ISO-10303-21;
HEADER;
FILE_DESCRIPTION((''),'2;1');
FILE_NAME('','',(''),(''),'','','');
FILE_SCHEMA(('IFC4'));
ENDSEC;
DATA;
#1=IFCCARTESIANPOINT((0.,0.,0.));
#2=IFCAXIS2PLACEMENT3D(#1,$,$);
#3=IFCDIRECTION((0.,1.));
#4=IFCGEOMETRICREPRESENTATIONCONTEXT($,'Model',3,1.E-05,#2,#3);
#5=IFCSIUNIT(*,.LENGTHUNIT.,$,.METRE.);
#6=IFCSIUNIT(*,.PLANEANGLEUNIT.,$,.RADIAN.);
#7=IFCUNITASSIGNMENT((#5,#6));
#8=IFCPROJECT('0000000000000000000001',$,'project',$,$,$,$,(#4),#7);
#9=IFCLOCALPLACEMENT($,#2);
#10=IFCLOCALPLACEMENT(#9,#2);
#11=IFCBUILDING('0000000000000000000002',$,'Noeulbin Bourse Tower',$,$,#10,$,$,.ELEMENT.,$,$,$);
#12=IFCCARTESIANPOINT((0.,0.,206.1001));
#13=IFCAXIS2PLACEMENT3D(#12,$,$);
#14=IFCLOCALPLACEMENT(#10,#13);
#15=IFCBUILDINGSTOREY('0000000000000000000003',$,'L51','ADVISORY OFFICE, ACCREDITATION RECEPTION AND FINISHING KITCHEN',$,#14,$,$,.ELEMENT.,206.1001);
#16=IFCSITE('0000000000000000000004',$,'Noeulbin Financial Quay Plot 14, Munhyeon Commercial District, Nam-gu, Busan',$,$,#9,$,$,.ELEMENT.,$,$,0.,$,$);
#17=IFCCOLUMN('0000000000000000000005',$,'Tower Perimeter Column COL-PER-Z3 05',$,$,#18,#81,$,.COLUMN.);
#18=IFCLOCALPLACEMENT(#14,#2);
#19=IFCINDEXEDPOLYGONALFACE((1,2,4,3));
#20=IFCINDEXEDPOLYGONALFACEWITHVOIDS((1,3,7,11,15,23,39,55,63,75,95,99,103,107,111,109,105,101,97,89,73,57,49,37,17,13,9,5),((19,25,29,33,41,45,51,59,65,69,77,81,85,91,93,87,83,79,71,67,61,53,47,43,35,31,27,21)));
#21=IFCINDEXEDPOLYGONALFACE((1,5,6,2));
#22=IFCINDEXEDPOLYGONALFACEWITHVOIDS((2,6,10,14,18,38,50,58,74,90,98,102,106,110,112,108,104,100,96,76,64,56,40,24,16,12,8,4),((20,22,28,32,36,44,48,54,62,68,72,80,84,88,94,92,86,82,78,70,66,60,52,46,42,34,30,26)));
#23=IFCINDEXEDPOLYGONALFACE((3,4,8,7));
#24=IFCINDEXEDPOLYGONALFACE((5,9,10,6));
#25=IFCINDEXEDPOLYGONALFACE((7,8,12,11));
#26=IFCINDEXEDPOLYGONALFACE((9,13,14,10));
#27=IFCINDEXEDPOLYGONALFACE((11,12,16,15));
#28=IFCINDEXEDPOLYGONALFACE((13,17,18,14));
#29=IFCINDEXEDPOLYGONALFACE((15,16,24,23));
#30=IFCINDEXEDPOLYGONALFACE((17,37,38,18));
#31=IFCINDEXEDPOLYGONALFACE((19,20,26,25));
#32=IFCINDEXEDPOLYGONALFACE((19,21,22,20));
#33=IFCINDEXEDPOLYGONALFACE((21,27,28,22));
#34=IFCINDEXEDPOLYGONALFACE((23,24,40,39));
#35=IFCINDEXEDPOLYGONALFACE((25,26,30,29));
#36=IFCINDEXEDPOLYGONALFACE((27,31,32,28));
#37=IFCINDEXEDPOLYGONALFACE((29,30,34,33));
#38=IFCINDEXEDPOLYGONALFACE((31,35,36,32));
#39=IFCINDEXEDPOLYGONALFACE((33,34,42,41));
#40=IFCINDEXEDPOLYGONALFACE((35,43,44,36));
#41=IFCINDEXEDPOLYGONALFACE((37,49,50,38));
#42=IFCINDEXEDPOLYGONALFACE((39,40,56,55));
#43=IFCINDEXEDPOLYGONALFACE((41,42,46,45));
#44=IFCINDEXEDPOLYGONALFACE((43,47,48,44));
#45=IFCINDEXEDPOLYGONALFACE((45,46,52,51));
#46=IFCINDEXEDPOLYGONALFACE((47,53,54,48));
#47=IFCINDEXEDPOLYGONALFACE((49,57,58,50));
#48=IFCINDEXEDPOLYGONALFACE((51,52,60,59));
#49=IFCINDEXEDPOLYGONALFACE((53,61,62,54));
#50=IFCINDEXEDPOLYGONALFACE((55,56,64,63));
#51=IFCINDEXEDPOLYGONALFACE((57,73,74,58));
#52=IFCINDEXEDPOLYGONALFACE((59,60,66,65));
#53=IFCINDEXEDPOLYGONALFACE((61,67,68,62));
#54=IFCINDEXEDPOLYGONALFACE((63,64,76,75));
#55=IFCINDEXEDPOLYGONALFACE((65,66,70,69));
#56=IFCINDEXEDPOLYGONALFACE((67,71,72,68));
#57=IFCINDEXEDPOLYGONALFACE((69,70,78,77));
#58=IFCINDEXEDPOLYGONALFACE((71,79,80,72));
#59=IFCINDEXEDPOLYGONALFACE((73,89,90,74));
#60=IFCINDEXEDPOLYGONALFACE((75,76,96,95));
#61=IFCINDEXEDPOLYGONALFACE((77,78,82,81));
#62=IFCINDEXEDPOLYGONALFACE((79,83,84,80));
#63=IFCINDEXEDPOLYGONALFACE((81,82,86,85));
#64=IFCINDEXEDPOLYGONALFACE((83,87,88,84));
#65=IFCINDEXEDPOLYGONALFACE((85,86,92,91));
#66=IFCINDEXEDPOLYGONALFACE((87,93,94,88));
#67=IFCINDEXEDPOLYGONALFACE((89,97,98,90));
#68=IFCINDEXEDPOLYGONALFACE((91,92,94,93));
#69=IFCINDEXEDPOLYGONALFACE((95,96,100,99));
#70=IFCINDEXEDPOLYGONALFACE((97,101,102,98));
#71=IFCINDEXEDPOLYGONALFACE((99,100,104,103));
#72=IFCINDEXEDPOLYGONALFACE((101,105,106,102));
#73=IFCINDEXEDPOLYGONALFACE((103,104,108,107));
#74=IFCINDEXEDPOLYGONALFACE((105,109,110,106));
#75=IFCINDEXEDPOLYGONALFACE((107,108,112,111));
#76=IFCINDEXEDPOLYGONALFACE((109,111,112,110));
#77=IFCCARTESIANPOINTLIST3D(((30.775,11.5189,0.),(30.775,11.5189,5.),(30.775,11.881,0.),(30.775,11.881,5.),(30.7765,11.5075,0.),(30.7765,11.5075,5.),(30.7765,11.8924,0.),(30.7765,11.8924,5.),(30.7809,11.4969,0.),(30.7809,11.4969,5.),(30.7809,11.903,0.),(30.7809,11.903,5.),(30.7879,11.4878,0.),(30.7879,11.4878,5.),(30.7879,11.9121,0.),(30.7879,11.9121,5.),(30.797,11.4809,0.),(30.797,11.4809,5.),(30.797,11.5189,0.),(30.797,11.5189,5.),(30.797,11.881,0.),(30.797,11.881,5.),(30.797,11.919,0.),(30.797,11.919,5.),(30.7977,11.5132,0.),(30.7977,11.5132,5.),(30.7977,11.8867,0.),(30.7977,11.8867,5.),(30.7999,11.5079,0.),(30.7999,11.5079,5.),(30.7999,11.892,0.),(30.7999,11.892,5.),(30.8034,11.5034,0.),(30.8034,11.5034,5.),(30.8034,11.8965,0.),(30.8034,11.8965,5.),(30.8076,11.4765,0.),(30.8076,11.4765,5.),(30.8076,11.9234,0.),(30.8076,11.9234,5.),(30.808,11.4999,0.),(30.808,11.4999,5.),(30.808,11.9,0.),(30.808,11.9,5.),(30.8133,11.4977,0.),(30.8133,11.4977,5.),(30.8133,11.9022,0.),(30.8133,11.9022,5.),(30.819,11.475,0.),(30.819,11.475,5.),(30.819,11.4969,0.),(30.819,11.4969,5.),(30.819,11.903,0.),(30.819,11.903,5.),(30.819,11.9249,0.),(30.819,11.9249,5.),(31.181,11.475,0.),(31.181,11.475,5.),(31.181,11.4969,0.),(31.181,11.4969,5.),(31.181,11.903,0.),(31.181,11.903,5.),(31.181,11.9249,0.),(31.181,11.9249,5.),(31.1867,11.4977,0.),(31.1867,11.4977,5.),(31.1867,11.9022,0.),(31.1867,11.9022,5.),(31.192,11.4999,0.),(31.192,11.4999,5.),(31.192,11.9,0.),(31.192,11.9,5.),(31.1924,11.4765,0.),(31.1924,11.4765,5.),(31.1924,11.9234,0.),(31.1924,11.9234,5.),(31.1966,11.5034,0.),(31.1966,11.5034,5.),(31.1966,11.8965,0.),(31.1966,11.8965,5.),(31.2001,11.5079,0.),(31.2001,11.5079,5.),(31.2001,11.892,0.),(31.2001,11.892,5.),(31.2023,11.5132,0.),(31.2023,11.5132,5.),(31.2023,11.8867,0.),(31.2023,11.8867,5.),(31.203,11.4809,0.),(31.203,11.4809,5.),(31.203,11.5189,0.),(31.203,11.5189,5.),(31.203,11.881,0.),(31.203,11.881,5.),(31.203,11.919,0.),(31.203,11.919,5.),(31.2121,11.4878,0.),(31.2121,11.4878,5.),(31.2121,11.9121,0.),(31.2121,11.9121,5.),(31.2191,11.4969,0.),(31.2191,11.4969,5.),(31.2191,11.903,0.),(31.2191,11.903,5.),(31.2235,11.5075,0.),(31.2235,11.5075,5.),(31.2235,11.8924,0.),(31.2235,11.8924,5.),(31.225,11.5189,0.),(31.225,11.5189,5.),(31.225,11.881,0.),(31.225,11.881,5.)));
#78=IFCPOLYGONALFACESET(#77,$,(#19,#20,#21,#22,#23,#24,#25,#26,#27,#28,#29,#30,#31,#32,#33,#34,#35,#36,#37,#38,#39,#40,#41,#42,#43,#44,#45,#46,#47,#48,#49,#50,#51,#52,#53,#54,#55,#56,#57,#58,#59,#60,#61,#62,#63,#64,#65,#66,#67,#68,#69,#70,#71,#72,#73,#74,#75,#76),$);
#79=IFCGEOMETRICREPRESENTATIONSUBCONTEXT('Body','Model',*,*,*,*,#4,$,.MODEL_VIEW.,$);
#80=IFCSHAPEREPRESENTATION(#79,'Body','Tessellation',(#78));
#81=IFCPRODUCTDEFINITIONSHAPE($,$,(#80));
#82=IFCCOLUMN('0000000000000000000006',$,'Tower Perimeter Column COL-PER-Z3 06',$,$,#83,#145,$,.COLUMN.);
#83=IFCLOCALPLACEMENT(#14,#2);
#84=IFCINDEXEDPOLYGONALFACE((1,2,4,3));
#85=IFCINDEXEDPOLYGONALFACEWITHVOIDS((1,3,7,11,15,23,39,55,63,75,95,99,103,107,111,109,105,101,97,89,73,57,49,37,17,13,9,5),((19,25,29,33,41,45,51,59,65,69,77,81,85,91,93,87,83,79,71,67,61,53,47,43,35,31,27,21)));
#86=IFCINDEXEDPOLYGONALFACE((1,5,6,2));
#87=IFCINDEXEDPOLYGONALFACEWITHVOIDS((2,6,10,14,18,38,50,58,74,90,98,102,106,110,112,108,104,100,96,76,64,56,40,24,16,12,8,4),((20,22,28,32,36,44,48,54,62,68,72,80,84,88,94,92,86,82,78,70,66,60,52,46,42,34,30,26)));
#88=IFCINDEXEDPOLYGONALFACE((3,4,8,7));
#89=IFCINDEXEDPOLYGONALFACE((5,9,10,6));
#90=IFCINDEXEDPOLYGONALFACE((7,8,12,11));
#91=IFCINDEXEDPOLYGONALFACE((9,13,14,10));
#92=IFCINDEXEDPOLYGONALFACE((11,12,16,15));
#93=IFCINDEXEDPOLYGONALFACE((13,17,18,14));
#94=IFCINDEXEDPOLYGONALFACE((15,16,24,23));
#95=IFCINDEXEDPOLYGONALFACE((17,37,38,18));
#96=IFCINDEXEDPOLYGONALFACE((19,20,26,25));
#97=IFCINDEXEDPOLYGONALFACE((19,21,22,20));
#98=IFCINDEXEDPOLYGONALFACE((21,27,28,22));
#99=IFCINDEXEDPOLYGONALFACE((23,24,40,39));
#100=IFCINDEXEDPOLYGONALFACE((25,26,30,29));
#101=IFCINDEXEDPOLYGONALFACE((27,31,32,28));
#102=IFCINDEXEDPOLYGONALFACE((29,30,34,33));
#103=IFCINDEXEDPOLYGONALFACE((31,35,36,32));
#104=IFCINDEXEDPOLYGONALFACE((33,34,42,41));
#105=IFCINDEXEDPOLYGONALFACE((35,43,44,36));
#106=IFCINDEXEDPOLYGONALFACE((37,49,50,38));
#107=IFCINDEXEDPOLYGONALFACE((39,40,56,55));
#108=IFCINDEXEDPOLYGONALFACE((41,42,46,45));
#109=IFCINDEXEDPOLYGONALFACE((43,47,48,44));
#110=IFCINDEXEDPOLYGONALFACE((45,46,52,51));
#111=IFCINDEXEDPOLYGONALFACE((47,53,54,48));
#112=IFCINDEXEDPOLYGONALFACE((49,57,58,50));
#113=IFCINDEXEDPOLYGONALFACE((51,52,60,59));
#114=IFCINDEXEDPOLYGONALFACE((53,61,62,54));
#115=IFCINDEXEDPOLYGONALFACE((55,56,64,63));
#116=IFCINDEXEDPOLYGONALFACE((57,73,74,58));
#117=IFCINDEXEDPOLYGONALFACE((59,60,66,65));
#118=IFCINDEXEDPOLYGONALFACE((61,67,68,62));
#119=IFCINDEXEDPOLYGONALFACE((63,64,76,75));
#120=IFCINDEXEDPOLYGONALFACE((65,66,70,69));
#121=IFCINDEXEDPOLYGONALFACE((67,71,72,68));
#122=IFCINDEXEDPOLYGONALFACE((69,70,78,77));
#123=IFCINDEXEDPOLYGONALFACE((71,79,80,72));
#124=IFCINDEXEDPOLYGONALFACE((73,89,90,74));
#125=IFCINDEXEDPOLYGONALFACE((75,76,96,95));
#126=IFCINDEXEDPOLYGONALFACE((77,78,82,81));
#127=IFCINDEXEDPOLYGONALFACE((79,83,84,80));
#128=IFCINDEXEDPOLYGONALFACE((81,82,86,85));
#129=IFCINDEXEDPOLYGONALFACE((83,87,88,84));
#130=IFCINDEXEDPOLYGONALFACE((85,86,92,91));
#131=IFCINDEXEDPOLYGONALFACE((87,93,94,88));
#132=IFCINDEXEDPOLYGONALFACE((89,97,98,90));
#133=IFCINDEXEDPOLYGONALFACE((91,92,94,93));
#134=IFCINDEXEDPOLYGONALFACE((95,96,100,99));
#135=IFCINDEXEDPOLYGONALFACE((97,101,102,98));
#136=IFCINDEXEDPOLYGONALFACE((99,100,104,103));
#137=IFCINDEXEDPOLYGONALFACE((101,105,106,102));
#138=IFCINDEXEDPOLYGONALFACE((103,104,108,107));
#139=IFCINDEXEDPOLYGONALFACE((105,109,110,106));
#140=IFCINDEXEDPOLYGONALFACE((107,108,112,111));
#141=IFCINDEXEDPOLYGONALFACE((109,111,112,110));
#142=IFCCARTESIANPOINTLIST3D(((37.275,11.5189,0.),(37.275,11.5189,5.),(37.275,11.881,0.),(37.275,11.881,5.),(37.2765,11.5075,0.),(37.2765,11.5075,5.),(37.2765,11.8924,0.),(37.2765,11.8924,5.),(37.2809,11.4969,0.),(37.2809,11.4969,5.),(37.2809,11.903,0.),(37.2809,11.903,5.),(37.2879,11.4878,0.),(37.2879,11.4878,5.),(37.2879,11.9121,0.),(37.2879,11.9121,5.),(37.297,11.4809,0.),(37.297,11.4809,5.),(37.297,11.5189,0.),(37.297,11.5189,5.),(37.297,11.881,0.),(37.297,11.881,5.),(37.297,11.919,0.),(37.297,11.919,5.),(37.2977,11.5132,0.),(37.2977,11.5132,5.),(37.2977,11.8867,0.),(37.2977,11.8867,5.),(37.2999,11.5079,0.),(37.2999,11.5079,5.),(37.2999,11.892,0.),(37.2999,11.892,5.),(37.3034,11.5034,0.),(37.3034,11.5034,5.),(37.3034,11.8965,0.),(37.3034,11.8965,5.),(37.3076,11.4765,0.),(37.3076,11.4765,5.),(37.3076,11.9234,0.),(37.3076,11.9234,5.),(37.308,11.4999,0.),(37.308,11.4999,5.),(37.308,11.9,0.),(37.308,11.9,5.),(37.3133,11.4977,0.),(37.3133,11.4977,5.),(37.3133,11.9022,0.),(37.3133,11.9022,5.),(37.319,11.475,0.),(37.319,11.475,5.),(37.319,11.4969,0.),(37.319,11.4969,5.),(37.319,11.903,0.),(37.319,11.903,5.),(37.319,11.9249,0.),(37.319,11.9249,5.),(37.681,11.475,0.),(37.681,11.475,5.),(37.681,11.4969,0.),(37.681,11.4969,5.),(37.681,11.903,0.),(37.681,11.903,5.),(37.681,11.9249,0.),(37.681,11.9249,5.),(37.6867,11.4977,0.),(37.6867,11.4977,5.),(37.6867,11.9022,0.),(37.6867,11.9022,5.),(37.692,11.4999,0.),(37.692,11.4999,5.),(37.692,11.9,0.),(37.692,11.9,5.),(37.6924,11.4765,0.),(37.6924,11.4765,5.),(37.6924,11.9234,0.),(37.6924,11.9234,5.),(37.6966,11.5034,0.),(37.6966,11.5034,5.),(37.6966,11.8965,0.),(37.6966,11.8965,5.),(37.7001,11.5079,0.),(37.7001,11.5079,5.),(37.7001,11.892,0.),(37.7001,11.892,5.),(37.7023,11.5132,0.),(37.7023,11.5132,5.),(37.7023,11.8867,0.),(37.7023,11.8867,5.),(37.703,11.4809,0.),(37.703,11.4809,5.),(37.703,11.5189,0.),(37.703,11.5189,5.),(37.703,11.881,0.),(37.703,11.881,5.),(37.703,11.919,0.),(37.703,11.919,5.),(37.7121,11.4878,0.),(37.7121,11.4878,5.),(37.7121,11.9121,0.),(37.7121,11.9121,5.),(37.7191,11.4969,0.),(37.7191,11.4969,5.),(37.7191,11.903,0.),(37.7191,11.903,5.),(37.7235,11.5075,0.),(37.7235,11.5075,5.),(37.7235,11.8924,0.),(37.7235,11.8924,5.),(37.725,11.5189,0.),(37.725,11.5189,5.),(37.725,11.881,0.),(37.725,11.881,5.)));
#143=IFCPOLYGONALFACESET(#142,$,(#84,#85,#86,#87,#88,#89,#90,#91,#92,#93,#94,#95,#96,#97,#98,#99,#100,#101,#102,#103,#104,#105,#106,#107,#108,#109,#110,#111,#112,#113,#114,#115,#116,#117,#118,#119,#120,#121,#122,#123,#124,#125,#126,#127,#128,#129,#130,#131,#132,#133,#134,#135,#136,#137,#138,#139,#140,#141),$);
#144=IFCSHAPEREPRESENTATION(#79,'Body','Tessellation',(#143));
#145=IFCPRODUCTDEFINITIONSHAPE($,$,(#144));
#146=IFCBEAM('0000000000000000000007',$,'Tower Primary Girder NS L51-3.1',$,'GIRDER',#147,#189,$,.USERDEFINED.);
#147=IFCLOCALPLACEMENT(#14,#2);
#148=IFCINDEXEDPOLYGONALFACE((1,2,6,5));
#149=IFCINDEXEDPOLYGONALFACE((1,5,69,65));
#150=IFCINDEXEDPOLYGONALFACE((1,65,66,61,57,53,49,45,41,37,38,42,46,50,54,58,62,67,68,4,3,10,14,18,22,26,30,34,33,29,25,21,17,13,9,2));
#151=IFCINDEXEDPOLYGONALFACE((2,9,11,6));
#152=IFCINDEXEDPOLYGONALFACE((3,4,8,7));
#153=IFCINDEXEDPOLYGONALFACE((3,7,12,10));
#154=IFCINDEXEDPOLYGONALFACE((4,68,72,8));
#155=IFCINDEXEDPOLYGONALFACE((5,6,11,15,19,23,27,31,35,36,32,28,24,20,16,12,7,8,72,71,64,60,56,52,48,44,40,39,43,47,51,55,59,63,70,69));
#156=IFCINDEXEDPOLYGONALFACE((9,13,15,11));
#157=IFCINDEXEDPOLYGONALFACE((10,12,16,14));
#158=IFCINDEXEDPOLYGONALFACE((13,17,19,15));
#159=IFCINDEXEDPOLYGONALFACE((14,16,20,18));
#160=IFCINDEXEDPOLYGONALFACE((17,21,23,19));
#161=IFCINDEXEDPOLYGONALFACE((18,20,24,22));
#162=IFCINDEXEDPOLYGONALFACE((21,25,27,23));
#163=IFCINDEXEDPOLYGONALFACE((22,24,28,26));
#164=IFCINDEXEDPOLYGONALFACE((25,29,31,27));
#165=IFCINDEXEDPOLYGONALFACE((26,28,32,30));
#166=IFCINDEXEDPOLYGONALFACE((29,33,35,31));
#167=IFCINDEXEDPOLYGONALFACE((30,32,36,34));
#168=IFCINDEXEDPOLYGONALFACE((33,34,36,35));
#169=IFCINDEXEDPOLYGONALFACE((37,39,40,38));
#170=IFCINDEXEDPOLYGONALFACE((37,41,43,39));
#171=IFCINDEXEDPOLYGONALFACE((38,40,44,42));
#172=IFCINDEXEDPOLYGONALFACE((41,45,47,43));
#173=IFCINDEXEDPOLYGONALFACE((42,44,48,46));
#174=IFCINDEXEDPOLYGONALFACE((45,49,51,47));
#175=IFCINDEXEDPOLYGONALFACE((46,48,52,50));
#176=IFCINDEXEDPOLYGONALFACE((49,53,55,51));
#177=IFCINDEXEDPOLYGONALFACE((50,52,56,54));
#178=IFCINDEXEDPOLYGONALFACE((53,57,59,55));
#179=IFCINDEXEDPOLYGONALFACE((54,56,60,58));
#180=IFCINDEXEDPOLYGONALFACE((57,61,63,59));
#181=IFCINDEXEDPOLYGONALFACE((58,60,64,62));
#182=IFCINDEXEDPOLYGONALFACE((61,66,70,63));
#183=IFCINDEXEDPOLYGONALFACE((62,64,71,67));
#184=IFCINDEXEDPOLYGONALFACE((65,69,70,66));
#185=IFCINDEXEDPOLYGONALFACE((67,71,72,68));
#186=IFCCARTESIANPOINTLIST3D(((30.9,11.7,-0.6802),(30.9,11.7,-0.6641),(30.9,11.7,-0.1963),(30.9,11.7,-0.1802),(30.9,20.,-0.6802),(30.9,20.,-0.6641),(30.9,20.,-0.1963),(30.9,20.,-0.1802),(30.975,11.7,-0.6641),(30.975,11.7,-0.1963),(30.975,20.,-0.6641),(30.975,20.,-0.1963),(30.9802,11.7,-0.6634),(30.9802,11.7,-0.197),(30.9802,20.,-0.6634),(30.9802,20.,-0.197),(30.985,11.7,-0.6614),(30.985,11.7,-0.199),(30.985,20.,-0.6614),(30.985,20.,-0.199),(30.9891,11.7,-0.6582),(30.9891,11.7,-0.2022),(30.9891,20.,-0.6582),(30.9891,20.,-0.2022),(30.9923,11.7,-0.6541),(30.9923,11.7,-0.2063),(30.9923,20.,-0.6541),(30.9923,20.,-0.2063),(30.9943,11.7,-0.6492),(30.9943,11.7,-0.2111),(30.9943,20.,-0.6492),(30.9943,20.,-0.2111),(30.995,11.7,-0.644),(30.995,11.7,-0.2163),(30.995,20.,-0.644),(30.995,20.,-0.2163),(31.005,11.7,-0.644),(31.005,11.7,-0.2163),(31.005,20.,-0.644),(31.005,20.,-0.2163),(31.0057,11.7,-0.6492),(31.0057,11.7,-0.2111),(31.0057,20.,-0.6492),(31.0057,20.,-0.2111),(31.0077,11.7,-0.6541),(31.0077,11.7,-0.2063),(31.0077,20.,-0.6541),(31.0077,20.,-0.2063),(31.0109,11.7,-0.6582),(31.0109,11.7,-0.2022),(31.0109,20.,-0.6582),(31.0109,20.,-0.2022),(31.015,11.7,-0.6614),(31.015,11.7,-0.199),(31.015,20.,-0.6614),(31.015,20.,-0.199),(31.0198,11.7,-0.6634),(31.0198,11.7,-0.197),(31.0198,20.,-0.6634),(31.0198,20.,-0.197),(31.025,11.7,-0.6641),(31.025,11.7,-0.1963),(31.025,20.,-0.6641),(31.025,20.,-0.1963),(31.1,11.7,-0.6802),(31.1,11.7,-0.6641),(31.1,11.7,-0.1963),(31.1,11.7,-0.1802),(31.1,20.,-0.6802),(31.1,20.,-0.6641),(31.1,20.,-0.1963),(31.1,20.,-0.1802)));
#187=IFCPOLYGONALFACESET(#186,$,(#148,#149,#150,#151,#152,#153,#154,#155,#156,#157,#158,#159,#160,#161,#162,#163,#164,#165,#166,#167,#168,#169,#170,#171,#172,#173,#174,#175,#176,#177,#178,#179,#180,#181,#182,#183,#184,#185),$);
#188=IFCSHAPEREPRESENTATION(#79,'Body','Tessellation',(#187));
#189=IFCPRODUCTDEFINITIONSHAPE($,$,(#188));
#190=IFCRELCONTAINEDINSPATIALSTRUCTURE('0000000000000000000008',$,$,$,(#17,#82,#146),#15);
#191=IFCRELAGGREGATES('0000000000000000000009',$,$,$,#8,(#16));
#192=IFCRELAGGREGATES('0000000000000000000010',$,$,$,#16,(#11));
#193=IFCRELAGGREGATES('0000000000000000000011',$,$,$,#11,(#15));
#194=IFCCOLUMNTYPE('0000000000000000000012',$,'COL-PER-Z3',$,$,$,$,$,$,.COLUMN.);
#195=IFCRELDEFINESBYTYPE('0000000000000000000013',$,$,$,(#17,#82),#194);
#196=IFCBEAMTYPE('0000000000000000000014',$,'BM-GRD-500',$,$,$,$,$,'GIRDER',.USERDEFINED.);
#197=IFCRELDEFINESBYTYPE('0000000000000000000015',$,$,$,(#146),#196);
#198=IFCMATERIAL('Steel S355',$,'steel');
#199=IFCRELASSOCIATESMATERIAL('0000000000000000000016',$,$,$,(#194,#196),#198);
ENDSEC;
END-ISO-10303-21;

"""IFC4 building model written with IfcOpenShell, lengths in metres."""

from ifc_helpers import new_model, si_unit, direction, frame, origin, origin_2d, place, context, subcontext, project, spatial, hollow_rectangle, i_section, extrude, material, material_profile, profile_set, type_object, element, save


model = new_model("IFC4")

# Units and contexts
model_context = context("Model", 3, precision=1e-05, world=origin(), true_north=direction((0.0, 1.0)))
body_context = subcontext(model_context, "Body", "Model", "MODEL_VIEW")
ifc_project = project(units=[si_unit("LENGTHUNIT", "METRE"), si_unit("PLANEANGLEUNIT", "RADIAN")], contexts=[model_context])

# Site, building, storey
site_placement = place(None, origin())
site = spatial("IfcSite", under=ifc_project, at=site_placement, Name="Noeulbin Financial Quay Plot 14, Munhyeon Commercial District, Nam-gu, Busan", CompositionType="ELEMENT", RefElevation=0.0)
building_placement = place(site_placement, origin())
building = spatial("IfcBuilding", under=site, at=building_placement, Name="Noeulbin Bourse Tower", CompositionType="ELEMENT")
storey_placement = place(building_placement, frame((0.0, 0.0, 206.1001)))
storey = spatial("IfcBuildingStorey", under=building, at=storey_placement, Name="L51", Description="ADVISORY OFFICE, ACCREDITATION RECEPTION AND FINISHING KITCHEN", CompositionType="ELEMENT", Elevation=206.1001)

# Columns
ifc_material_1 = material(Name="Steel S355", Category="steel")
ifc_material_profile_1 = material_profile(ifc_material_1, hollow_rectangle(XDim=0.45, YDim=0.45, WallThickness=0.022, InnerFilletRadius=0.022, OuterFilletRadius=0.0439, at=origin_2d()), Name="SHS-450x450x22", Category="LoadBearing")
ifc_profile_set_1 = profile_set([ifc_material_profile_1], Name="Steel S355")
column_type = type_object("IfcColumnType", Name="COL-PER-Z3", PredefinedType="COLUMN", material=ifc_profile_set_1)
for number, where, z_axis, x_axis, name in (
    (1, (31.0, 11.7, 0.0), (0.0, 0.0, 1.0), (1.0, 0.0, 0.0), "Tower Perimeter Column COL-PER-Z3 05"),
    (2, (37.5, 11.7, 0.0), (0.0, 0.0, 1.0), (1.0, 0.0, 0.0), "Tower Perimeter Column COL-PER-Z3 06"),
):
    element("IfcColumn", number, at=place(storey_placement, frame(where, z_axis=z_axis, x_axis=x_axis)), inside=storey, type_object=column_type, Name=name, PredefinedType="COLUMN", context=body_context, shape_type="SweptSolid", body=[
        extrude(hollow_rectangle(XDim=0.45, YDim=0.45, WallThickness=0.022, InnerFilletRadius=0.022, OuterFilletRadius=0.0439, at=origin_2d()), origin(), (0.0, 0.0, 1.0), 5.0),
    ])

# Beam
ifc_material_profile_2 = material_profile(ifc_material_1, i_section(OverallWidth=0.2, OverallDepth=0.5, WebThickness=0.01, FlangeThickness=0.0161, FilletRadius=0.02, at=origin_2d()), Name="H-500x200x10x16", Category="LoadBearing")
ifc_profile_set_2 = profile_set([ifc_material_profile_2], Name="Steel S355")
beam_type_1 = type_object("IfcBeamType", Name="BM-GRD-500", ElementType="GIRDER", PredefinedType="USERDEFINED", material=ifc_profile_set_2)
beam_1_placement = place(storey_placement, frame((31.0, 11.7, -0.4302), z_axis=(0.0, 1.0, 0.0), x_axis=(-1.0, 0.0, 0.0)))
element("IfcBeam", 3, at=beam_1_placement, inside=storey, type_object=beam_type_1, Name="Tower Primary Girder NS L51-3.1", ObjectType="GIRDER", PredefinedType="USERDEFINED", context=body_context, shape_type="SweptSolid", body=[
    extrude(i_section(OverallWidth=0.2, OverallDepth=0.5, WebThickness=0.01, FlangeThickness=0.0161, FilletRadius=0.02, at=origin_2d()), origin(), (0.0, 0.0, 1.0), 8.3),
])

save(model, "model.ifc")
